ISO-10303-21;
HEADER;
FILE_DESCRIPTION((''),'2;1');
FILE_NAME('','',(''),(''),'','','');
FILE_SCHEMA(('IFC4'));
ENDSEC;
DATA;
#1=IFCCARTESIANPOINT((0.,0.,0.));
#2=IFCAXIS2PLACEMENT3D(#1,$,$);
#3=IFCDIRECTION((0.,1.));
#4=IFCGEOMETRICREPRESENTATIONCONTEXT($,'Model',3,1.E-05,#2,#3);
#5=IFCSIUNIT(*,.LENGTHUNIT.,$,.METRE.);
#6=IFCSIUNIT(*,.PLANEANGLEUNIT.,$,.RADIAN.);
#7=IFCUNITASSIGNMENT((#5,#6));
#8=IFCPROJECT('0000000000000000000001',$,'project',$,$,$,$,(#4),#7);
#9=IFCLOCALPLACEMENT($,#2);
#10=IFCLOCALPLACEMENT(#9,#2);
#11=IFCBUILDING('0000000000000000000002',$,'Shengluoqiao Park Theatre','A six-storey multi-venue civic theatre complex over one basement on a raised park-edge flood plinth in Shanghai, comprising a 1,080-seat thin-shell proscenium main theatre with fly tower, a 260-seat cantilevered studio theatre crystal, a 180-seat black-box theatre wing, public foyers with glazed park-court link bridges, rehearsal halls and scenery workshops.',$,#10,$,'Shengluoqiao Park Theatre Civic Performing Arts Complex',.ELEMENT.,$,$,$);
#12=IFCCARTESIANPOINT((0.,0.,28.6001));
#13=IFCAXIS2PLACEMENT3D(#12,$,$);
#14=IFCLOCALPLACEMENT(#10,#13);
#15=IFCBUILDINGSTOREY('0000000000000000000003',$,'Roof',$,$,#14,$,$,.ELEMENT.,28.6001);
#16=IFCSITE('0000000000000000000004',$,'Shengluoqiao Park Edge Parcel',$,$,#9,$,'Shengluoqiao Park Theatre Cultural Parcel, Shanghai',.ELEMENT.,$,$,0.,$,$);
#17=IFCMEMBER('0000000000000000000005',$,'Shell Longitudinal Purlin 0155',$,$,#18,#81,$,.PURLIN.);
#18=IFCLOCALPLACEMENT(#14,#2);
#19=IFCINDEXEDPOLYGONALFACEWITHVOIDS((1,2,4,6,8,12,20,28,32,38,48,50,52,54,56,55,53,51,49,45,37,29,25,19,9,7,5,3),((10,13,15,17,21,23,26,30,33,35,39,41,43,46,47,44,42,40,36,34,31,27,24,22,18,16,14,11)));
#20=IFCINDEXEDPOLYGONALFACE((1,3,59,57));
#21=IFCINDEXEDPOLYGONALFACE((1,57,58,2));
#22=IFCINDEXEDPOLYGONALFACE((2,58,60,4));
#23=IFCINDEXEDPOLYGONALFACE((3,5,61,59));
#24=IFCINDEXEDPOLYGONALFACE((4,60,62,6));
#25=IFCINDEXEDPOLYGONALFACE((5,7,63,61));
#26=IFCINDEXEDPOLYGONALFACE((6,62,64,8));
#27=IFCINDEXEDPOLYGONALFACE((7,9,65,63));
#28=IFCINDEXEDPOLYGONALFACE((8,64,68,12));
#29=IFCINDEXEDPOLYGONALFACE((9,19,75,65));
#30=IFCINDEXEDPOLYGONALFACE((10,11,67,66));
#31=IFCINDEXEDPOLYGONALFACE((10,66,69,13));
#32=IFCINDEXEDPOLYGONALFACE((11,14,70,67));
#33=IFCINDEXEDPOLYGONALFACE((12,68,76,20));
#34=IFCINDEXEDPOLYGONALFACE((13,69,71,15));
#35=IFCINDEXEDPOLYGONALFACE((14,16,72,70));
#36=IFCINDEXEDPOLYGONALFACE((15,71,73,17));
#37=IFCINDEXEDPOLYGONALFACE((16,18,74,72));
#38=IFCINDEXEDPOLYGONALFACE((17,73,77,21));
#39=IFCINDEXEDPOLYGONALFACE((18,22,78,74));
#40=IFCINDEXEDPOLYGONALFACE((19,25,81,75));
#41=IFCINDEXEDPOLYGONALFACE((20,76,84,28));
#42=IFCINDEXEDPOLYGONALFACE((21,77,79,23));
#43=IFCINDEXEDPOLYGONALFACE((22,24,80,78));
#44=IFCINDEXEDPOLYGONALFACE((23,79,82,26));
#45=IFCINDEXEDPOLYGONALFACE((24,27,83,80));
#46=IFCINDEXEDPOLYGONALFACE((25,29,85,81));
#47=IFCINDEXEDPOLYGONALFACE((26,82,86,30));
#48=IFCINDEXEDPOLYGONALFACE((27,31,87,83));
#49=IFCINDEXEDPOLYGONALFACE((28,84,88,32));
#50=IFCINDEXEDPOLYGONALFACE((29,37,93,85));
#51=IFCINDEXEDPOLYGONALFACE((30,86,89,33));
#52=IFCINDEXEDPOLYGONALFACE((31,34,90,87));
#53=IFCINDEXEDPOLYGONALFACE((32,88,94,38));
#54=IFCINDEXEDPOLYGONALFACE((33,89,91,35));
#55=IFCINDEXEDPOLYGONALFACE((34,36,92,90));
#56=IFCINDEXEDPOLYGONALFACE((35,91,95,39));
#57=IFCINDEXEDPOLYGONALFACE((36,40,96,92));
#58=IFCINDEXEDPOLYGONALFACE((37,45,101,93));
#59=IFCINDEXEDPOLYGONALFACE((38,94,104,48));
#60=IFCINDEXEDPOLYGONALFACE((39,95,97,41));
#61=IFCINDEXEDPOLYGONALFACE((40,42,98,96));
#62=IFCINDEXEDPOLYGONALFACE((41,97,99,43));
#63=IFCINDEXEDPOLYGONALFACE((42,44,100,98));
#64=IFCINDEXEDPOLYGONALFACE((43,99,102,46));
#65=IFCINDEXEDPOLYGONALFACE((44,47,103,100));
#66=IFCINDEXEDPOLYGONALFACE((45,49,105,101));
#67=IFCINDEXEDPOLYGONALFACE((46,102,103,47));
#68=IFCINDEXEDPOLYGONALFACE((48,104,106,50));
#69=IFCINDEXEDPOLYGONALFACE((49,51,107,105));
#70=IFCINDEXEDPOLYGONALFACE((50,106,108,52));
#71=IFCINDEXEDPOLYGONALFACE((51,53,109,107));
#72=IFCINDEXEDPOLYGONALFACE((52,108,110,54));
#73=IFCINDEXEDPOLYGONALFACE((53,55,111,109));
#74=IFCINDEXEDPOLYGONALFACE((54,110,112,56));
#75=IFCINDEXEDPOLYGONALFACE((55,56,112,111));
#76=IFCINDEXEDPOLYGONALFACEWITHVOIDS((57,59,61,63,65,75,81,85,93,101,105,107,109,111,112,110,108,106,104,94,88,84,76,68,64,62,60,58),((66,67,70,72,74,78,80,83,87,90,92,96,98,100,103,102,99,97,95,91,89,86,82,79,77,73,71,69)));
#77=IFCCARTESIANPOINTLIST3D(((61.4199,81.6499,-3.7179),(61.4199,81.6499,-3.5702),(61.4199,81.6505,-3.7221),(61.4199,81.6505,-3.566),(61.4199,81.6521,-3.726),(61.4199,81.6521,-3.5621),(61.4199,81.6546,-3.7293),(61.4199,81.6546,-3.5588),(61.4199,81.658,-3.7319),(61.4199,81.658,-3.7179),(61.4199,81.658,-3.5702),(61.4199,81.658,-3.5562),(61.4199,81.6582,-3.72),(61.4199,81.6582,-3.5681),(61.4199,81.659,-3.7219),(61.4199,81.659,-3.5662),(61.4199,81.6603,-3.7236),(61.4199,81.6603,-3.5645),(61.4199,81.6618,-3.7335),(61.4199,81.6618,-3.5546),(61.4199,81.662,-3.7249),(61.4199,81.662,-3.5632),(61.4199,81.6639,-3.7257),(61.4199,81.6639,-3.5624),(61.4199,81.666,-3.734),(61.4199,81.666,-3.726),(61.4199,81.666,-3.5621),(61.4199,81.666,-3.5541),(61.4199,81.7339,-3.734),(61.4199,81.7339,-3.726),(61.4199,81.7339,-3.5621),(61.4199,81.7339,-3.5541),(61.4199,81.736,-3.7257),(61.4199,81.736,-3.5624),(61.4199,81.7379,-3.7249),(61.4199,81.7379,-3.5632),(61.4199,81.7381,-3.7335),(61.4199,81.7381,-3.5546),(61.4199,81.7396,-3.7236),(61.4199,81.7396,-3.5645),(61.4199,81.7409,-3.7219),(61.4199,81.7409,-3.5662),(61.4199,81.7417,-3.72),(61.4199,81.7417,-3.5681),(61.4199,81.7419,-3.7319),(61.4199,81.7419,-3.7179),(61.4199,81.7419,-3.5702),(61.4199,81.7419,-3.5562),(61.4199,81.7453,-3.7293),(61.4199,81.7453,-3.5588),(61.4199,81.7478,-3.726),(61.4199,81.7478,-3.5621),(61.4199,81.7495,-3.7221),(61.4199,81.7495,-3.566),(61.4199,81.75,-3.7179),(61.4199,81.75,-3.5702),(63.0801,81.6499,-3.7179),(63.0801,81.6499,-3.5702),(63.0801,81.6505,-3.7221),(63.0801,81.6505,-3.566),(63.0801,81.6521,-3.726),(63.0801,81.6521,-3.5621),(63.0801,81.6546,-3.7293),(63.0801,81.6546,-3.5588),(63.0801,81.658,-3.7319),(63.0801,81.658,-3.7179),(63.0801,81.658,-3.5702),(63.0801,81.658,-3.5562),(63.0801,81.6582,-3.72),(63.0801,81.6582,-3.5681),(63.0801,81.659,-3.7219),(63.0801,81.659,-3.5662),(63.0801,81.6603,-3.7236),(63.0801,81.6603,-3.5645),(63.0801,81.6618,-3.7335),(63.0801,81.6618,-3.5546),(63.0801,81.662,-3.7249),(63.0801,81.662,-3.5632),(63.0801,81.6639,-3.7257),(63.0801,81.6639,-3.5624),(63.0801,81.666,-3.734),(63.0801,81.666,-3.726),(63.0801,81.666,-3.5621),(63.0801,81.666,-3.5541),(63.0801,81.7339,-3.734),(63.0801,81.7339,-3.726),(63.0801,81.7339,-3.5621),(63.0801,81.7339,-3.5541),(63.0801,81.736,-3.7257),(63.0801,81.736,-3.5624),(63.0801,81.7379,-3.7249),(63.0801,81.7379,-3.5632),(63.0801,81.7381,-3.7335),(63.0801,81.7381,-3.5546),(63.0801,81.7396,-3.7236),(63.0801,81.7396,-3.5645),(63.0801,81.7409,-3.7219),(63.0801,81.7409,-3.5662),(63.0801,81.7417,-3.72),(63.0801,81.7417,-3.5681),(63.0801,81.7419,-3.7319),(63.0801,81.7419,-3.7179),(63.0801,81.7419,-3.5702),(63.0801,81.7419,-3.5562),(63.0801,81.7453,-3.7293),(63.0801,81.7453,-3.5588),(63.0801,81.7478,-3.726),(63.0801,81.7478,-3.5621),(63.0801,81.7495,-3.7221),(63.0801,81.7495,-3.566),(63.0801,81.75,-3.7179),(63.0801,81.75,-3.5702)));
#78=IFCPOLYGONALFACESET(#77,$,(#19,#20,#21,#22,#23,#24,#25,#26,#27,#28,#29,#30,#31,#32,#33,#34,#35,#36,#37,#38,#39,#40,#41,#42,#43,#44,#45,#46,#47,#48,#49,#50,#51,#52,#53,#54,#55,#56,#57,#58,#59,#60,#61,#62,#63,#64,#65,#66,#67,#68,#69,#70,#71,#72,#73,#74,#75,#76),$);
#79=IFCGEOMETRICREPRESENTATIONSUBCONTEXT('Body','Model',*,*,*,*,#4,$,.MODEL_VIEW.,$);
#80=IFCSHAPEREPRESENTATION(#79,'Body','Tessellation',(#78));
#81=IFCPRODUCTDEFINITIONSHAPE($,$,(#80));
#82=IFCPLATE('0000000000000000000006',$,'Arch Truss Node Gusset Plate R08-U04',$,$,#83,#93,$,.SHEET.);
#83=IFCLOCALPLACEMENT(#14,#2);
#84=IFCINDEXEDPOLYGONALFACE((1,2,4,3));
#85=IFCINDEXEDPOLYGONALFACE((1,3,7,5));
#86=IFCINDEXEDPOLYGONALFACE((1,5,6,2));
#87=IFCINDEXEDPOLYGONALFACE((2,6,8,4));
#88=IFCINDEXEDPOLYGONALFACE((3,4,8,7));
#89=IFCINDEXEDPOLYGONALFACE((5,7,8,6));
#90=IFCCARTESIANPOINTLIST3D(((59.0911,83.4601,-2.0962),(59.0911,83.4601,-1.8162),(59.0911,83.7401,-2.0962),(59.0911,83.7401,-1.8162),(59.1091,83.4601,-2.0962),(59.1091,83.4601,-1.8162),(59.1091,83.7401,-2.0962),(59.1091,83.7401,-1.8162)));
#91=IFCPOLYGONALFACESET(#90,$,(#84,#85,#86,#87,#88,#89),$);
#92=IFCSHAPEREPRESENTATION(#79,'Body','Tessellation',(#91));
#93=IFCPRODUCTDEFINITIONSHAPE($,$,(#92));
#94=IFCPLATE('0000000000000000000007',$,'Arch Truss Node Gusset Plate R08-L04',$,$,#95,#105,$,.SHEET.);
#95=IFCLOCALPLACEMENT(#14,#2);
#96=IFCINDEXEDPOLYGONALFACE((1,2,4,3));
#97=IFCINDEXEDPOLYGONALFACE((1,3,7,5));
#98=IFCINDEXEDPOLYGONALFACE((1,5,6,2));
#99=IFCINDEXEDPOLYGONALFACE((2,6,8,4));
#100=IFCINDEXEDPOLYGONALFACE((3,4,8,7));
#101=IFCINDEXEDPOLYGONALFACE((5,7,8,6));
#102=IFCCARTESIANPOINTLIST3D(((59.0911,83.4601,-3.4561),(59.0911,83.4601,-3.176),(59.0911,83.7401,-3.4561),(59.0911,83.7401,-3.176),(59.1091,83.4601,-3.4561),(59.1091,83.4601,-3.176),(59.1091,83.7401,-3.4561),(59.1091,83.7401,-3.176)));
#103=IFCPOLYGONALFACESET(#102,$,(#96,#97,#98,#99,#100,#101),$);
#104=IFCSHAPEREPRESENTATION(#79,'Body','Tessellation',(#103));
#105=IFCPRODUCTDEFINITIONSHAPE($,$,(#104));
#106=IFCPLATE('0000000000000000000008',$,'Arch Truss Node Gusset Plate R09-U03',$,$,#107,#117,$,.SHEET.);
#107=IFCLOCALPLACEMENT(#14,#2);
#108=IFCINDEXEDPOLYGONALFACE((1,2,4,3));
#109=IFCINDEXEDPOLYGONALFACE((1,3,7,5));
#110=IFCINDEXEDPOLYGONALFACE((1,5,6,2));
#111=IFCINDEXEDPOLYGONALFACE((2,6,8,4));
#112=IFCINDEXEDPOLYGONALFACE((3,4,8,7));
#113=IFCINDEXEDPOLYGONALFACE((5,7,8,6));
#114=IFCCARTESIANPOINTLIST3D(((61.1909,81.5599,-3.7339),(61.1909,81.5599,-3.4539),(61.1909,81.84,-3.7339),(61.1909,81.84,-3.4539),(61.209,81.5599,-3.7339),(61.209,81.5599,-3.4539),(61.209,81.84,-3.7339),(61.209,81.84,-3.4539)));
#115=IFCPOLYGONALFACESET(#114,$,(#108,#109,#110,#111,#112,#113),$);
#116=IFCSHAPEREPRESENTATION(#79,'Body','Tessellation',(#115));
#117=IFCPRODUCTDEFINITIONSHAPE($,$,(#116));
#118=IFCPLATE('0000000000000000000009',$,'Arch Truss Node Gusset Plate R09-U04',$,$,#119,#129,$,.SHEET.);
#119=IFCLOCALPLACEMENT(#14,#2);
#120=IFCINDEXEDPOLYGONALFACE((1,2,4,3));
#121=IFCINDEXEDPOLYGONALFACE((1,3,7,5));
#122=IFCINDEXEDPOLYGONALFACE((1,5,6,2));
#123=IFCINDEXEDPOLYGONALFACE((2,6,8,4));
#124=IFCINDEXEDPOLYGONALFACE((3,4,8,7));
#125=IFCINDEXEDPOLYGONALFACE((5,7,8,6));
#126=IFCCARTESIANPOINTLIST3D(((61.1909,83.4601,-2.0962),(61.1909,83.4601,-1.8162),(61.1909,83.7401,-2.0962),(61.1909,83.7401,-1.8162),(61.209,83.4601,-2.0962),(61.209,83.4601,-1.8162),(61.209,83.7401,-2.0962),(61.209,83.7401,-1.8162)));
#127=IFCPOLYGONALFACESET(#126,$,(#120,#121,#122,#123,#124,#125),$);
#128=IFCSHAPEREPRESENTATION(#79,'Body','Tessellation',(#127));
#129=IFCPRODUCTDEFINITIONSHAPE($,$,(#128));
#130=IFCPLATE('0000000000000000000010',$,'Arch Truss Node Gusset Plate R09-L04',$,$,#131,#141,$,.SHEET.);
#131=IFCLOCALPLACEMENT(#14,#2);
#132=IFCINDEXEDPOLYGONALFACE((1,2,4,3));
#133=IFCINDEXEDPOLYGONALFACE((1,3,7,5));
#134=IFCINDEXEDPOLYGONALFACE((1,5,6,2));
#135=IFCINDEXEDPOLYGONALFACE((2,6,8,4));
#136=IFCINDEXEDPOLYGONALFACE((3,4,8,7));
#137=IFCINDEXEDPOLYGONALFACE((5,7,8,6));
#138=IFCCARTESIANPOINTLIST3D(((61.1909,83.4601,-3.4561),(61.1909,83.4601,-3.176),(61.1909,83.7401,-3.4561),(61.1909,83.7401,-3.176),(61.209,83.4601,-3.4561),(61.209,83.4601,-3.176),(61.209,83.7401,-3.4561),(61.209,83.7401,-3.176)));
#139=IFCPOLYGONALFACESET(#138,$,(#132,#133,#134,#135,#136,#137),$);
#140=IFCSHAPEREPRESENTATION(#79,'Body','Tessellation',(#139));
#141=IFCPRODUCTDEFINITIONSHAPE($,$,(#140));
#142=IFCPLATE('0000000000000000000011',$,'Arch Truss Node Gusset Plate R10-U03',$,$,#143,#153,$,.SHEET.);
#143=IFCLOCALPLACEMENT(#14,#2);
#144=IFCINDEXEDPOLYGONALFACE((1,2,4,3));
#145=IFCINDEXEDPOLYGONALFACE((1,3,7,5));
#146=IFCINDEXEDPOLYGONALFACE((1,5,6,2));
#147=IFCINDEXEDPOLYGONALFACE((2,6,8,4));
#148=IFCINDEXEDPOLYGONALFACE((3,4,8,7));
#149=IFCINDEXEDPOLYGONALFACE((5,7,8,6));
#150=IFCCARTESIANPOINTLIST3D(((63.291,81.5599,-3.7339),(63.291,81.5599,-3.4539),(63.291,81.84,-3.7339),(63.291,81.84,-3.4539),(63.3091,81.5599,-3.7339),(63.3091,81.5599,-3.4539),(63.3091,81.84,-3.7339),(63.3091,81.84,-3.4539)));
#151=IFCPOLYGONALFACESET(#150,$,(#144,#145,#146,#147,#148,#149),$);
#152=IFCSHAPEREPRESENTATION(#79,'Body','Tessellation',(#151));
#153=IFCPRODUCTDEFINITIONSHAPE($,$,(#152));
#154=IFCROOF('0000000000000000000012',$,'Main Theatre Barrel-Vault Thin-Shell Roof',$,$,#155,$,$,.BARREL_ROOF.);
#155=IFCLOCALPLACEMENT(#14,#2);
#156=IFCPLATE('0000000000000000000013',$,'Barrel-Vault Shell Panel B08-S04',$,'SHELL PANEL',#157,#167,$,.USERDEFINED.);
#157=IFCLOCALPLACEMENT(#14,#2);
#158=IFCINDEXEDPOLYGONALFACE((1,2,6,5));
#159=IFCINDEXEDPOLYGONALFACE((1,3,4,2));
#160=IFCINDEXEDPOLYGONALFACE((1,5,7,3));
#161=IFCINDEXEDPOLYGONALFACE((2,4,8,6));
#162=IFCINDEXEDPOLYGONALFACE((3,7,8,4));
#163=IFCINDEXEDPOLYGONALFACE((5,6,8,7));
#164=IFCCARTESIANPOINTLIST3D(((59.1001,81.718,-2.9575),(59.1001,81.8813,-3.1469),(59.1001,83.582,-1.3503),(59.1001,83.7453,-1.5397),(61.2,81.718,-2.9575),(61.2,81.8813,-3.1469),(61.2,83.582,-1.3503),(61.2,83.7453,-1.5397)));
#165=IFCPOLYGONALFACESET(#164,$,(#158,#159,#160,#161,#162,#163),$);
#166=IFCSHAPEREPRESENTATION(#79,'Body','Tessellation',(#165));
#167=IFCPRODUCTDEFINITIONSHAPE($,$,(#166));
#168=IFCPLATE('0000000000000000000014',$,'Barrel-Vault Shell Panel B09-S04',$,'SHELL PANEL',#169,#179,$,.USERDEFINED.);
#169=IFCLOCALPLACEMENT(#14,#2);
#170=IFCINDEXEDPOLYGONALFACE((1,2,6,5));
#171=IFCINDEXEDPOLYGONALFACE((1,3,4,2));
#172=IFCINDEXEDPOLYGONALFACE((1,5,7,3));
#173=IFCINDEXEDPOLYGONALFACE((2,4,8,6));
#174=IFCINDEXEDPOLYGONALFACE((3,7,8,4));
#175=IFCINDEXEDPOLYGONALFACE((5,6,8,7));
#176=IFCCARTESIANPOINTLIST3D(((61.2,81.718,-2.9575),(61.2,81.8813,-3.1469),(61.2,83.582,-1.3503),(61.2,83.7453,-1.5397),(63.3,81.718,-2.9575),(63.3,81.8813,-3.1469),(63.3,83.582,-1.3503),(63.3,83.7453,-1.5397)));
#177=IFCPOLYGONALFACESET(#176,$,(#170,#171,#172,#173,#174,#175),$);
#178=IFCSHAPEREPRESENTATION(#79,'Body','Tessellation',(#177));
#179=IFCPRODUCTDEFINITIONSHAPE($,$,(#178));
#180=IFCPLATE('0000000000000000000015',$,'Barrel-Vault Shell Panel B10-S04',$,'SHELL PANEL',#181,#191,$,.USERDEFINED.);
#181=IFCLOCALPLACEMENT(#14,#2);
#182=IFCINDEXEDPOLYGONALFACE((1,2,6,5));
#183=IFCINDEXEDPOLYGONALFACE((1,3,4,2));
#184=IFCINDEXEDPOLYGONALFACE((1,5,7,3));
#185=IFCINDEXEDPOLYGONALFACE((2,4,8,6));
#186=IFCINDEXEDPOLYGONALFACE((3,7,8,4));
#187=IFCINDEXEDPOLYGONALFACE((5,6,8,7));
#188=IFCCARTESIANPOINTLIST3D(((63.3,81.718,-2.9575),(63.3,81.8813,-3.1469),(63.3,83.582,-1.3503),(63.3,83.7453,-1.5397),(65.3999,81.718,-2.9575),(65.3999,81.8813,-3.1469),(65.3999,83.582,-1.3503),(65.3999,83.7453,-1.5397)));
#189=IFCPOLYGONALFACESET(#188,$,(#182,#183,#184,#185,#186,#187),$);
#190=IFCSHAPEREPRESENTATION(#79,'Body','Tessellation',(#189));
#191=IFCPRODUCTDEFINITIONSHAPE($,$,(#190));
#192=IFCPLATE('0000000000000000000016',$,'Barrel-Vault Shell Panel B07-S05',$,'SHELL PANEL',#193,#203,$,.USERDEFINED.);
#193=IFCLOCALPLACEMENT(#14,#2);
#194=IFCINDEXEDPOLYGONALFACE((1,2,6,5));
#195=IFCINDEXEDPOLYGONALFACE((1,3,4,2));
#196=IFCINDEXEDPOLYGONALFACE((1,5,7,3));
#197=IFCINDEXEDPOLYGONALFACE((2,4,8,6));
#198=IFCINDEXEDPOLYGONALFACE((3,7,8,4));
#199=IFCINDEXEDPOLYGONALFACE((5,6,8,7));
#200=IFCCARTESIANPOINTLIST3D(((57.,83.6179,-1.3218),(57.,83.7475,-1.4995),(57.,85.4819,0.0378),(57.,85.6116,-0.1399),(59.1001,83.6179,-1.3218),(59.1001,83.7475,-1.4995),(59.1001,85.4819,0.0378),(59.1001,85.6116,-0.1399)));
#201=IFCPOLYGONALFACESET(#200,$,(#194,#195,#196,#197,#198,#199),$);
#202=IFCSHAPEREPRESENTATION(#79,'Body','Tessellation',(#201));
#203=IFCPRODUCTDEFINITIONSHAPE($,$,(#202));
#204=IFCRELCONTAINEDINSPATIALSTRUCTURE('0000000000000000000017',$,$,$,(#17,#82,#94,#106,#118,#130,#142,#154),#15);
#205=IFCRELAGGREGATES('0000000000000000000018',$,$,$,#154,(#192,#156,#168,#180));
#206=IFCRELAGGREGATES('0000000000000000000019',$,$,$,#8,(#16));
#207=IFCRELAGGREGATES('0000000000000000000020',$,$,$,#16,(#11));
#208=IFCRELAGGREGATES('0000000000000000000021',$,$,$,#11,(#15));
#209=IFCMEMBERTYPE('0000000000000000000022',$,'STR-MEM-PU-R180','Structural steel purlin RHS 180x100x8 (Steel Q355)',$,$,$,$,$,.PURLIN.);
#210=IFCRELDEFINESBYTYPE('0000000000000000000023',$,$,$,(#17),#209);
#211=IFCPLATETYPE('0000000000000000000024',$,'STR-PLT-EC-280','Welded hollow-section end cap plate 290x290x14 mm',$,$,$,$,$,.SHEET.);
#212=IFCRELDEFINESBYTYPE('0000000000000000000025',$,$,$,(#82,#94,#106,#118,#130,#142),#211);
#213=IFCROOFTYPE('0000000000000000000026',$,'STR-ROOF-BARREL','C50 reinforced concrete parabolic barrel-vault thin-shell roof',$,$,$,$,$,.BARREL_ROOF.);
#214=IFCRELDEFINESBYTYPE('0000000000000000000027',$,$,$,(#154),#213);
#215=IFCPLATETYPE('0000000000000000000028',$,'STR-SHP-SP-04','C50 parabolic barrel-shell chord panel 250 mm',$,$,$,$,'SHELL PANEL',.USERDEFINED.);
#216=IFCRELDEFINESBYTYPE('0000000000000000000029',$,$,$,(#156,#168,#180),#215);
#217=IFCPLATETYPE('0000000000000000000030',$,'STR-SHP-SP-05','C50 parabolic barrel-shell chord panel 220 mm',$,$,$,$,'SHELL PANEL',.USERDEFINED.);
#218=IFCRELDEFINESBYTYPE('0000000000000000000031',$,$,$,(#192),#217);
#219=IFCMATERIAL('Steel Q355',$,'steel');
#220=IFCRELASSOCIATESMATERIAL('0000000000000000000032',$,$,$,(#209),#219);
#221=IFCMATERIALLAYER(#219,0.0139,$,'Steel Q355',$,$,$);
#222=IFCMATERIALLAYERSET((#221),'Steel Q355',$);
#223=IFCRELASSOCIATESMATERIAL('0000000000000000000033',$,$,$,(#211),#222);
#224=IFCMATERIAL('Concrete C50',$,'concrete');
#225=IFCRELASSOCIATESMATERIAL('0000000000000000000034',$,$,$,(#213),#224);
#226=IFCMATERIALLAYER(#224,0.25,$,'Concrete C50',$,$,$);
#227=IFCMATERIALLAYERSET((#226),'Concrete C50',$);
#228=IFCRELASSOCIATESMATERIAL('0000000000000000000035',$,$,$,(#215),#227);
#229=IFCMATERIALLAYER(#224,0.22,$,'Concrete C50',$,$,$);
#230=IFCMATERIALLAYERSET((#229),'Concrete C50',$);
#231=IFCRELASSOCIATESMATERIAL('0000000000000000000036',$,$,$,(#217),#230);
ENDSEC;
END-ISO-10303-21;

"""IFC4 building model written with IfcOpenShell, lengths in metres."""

from ifc_helpers import new_model, si_unit, direction, frame, origin, origin_2d, place, context, subcontext, project, spatial, polyline, rectangle, hollow_rectangle, outline, extrude, material, layer, layer_set, material_profile, profile_set, type_object, element, aggregate, save


model = new_model("IFC4")

# Units and contexts
model_context = context("Model", 3, precision=1e-05, world=origin(), true_north=direction((0.0, 1.0)))
body_context = subcontext(model_context, "Body", "Model", "MODEL_VIEW")
ifc_project = project(units=[si_unit("LENGTHUNIT", "METRE"), si_unit("PLANEANGLEUNIT", "RADIAN")], contexts=[model_context])

# Site, building, storey
site_placement = place(None, origin())
site = spatial("IfcSite", under=ifc_project, at=site_placement, Name="Shengluoqiao Park Edge Parcel", LongName="Shengluoqiao Park Theatre Cultural Parcel, Shanghai", CompositionType="ELEMENT", RefElevation=0.0)
building_placement = place(site_placement, origin())
building = spatial("IfcBuilding", under=site, at=building_placement, Name="Shengluoqiao Park Theatre", Description="A six-storey multi-venue civic theatre complex over one basement on a raised park-edge flood plinth in Shanghai, comprising a 1,080-seat thin-shell proscenium main theatre with fly tower, a 260-seat cantilevered studio theatre crystal, a 180-seat black-box theatre wing, public foyers with glazed park-court link bridges, rehearsal halls and scenery workshops.", LongName="Shengluoqiao Park Theatre Civic Performing Arts Complex", CompositionType="ELEMENT")
storey_placement = place(building_placement, frame((0.0, 0.0, 28.6001)))
storey = spatial("IfcBuildingStorey", under=building, at=storey_placement, Name="Roof", CompositionType="ELEMENT", Elevation=28.6001)

# Shared definitions
ifc_material_1 = material(Name="Concrete C50", Category="concrete")
ifc_material_2 = material(Name="Steel Q355", Category="steel")

# Member
ifc_material_profile_1 = material_profile(ifc_material_2, hollow_rectangle(XDim=0.1001, YDim=0.1799, WallThickness=0.0081, InnerFilletRadius=0.0081, OuterFilletRadius=0.0161, at=origin_2d()), Name="RHS 180x100x8")
ifc_profile_set_1 = profile_set([ifc_material_profile_1], Name="Steel Q355")
member_type_1 = type_object("IfcMemberType", Name="STR-MEM-PU-R180", Description="Structural steel purlin RHS 180x100x8 (Steel Q355)", PredefinedType="PURLIN", material=ifc_profile_set_1)
member_1_placement = place(storey_placement, frame((61.4199, 81.7, -3.644), z_axis=(1.0, 0.0, 0.0), x_axis=(0.0, 1.0, 0.0)))
element("IfcMember", 1, at=member_1_placement, inside=storey, type_object=member_type_1, Name="Shell Longitudinal Purlin 0155", PredefinedType="PURLIN", context=body_context, shape_type="SweptSolid", body=[
    extrude(hollow_rectangle(XDim=0.1001, YDim=0.1799, WallThickness=0.0081, InnerFilletRadius=0.0081, OuterFilletRadius=0.0161, at=origin_2d()), origin(), (0.0, 0.0, 1.0), 1.6602),
])

# Plates
ifc_layer_1 = layer(ifc_material_2, 0.0139, Name="Steel Q355")
ifc_layer_set_1 = layer_set([ifc_layer_1], Name="Steel Q355")
plate_type_1 = type_object("IfcPlateType", Name="STR-PLT-EC-280", Description="Welded hollow-section end cap plate 290x290x14 mm", PredefinedType="SHEET", material=ifc_layer_set_1)
for number, where, z_axis, x_axis, name in (
    (2, (59.1001, 83.6001, -2.0962), (0.0, 0.0, 1.0), (1.0, 0.0, 0.0), "Arch Truss Node Gusset Plate R08-U04"),
    (3, (59.1001, 83.6001, -3.4561), (0.0, 0.0, 1.0), (1.0, 0.0, 0.0), "Arch Truss Node Gusset Plate R08-L04"),
    (4, (61.2, 81.7, -3.7339), (0.0, 0.0, 1.0), (1.0, 0.0, 0.0), "Arch Truss Node Gusset Plate R09-U03"),
    (5, (61.2, 83.6001, -2.0962), (0.0, 0.0, 1.0), (1.0, 0.0, 0.0), "Arch Truss Node Gusset Plate R09-U04"),
    (6, (61.2, 83.6001, -3.4561), (0.0, 0.0, 1.0), (1.0, 0.0, 0.0), "Arch Truss Node Gusset Plate R09-L04"),
    (7, (63.3, 81.7, -3.7339), (0.0, 0.0, 1.0), (1.0, 0.0, 0.0), "Arch Truss Node Gusset Plate R10-U03"),
):
    element("IfcPlate", number, at=place(storey_placement, frame(where, z_axis=z_axis, x_axis=x_axis)), inside=storey, type_object=plate_type_1, Name=name, PredefinedType="SHEET", context=body_context, shape_type="SweptSolid", body=[
        extrude(rectangle(XDim=0.0181, YDim=0.28, at=origin_2d()), origin(), (0.0, 0.0, 1.0), 0.28),
    ])

# Roof, plates
roof_type = type_object("IfcRoofType", Name="STR-ROOF-BARREL", Description="C50 reinforced concrete parabolic barrel-vault thin-shell roof", PredefinedType="BARREL_ROOF", material=ifc_material_1)
roof_placement = place(storey_placement, origin())
roof = element("IfcRoof", 8, at=roof_placement, inside=storey, type_object=roof_type, Name="Main Theatre Barrel-Vault Thin-Shell Roof", PredefinedType="BARREL_ROOF")
ifc_layer_2 = layer(ifc_material_1, 0.25, Name="Concrete C50")
ifc_layer_set_2 = layer_set([ifc_layer_2], Name="Concrete C50")
plate_type_2 = type_object("IfcPlateType", Name="STR-SHP-SP-04", Description="C50 parabolic barrel-shell chord panel 250 mm", ElementType="SHELL PANEL", PredefinedType="USERDEFINED", material=ifc_layer_set_2)
plate_1_placement = place(storey_placement, frame((59.1001, 81.718, -2.9575), z_axis=(0.0, -0.653002, 0.757356), x_axis=(1.0, 0.0, 0.0)))
plate_1 = element("IfcPlate", 9, at=plate_1_placement, type_object=plate_type_2, Name="Barrel-Vault Shell Panel B08-S04", ObjectType="SHELL PANEL", PredefinedType="USERDEFINED", context=body_context, shape_type="SweptSolid", body=[
    extrude(outline(polyline([(0.0, 0.0), (2.0999, 0.0), (2.0999, 2.4612), (0.0, 2.4612), (0.0, 0.0)])), origin(), (0.0, 0.0, -1.0), 0.25),
])
plate_2_placement = place(storey_placement, frame((61.2, 81.718, -2.9575), z_axis=(0.0, -0.653002, 0.757356), x_axis=(1.0, 0.0, 0.0)))
plate_2 = element("IfcPlate", 10, at=plate_2_placement, type_object=plate_type_2, Name="Barrel-Vault Shell Panel B09-S04", ObjectType="SHELL PANEL", PredefinedType="USERDEFINED", context=body_context, shape_type="SweptSolid", body=[
    extrude(outline(polyline([(0.0, 0.0), (2.1001, 0.0), (2.1001, 2.4612), (0.0, 2.4612), (0.0, 0.0)])), origin(), (0.0, 0.0, -1.0), 0.25),
])
plate_3_placement = place(storey_placement, frame((63.3, 81.718, -2.9575), z_axis=(0.0, -0.653002, 0.757356), x_axis=(1.0, 0.0, 0.0)))
plate_3 = element("IfcPlate", 11, at=plate_3_placement, type_object=plate_type_2, Name="Barrel-Vault Shell Panel B10-S04", ObjectType="SHELL PANEL", PredefinedType="USERDEFINED", context=body_context, shape_type="SweptSolid", body=[
    extrude(outline(polyline([(0.0, 0.0), (2.0999, 0.0), (2.0999, 2.4612), (0.0, 2.4612), (0.0, 0.0)])), origin(), (0.0, 0.0, -1.0), 0.25),
])
ifc_layer_3 = layer(ifc_material_1, 0.22, Name="Concrete C50")
ifc_layer_set_3 = layer_set([ifc_layer_3], Name="Concrete C50")
plate_type_3 = type_object("IfcPlateType", Name="STR-SHP-SP-05", Description="C50 parabolic barrel-shell chord panel 220 mm", ElementType="SHELL PANEL", PredefinedType="USERDEFINED", material=ifc_layer_set_3)
plate_4_placement = place(storey_placement, frame((57.0, 83.6179, -1.3218), z_axis=(0.0, -0.589297, 0.807916), x_axis=(1.0, 0.0, 0.0)))
plate_4 = element("IfcPlate", 12, at=plate_4_placement, type_object=plate_type_3, Name="Barrel-Vault Shell Panel B07-S05", ObjectType="SHELL PANEL", PredefinedType="USERDEFINED", context=body_context, shape_type="SweptSolid", body=[
    extrude(outline(polyline([(0.0, 0.0), (2.1001, 0.0), (2.1001, 2.3072), (0.0, 2.3072), (0.0, 0.0)])), origin(), (0.0, 0.0, -1.0), 0.22),
])
aggregate(roof, [plate_4, plate_1, plate_2, plate_3])

save(model, "model.ifc")
